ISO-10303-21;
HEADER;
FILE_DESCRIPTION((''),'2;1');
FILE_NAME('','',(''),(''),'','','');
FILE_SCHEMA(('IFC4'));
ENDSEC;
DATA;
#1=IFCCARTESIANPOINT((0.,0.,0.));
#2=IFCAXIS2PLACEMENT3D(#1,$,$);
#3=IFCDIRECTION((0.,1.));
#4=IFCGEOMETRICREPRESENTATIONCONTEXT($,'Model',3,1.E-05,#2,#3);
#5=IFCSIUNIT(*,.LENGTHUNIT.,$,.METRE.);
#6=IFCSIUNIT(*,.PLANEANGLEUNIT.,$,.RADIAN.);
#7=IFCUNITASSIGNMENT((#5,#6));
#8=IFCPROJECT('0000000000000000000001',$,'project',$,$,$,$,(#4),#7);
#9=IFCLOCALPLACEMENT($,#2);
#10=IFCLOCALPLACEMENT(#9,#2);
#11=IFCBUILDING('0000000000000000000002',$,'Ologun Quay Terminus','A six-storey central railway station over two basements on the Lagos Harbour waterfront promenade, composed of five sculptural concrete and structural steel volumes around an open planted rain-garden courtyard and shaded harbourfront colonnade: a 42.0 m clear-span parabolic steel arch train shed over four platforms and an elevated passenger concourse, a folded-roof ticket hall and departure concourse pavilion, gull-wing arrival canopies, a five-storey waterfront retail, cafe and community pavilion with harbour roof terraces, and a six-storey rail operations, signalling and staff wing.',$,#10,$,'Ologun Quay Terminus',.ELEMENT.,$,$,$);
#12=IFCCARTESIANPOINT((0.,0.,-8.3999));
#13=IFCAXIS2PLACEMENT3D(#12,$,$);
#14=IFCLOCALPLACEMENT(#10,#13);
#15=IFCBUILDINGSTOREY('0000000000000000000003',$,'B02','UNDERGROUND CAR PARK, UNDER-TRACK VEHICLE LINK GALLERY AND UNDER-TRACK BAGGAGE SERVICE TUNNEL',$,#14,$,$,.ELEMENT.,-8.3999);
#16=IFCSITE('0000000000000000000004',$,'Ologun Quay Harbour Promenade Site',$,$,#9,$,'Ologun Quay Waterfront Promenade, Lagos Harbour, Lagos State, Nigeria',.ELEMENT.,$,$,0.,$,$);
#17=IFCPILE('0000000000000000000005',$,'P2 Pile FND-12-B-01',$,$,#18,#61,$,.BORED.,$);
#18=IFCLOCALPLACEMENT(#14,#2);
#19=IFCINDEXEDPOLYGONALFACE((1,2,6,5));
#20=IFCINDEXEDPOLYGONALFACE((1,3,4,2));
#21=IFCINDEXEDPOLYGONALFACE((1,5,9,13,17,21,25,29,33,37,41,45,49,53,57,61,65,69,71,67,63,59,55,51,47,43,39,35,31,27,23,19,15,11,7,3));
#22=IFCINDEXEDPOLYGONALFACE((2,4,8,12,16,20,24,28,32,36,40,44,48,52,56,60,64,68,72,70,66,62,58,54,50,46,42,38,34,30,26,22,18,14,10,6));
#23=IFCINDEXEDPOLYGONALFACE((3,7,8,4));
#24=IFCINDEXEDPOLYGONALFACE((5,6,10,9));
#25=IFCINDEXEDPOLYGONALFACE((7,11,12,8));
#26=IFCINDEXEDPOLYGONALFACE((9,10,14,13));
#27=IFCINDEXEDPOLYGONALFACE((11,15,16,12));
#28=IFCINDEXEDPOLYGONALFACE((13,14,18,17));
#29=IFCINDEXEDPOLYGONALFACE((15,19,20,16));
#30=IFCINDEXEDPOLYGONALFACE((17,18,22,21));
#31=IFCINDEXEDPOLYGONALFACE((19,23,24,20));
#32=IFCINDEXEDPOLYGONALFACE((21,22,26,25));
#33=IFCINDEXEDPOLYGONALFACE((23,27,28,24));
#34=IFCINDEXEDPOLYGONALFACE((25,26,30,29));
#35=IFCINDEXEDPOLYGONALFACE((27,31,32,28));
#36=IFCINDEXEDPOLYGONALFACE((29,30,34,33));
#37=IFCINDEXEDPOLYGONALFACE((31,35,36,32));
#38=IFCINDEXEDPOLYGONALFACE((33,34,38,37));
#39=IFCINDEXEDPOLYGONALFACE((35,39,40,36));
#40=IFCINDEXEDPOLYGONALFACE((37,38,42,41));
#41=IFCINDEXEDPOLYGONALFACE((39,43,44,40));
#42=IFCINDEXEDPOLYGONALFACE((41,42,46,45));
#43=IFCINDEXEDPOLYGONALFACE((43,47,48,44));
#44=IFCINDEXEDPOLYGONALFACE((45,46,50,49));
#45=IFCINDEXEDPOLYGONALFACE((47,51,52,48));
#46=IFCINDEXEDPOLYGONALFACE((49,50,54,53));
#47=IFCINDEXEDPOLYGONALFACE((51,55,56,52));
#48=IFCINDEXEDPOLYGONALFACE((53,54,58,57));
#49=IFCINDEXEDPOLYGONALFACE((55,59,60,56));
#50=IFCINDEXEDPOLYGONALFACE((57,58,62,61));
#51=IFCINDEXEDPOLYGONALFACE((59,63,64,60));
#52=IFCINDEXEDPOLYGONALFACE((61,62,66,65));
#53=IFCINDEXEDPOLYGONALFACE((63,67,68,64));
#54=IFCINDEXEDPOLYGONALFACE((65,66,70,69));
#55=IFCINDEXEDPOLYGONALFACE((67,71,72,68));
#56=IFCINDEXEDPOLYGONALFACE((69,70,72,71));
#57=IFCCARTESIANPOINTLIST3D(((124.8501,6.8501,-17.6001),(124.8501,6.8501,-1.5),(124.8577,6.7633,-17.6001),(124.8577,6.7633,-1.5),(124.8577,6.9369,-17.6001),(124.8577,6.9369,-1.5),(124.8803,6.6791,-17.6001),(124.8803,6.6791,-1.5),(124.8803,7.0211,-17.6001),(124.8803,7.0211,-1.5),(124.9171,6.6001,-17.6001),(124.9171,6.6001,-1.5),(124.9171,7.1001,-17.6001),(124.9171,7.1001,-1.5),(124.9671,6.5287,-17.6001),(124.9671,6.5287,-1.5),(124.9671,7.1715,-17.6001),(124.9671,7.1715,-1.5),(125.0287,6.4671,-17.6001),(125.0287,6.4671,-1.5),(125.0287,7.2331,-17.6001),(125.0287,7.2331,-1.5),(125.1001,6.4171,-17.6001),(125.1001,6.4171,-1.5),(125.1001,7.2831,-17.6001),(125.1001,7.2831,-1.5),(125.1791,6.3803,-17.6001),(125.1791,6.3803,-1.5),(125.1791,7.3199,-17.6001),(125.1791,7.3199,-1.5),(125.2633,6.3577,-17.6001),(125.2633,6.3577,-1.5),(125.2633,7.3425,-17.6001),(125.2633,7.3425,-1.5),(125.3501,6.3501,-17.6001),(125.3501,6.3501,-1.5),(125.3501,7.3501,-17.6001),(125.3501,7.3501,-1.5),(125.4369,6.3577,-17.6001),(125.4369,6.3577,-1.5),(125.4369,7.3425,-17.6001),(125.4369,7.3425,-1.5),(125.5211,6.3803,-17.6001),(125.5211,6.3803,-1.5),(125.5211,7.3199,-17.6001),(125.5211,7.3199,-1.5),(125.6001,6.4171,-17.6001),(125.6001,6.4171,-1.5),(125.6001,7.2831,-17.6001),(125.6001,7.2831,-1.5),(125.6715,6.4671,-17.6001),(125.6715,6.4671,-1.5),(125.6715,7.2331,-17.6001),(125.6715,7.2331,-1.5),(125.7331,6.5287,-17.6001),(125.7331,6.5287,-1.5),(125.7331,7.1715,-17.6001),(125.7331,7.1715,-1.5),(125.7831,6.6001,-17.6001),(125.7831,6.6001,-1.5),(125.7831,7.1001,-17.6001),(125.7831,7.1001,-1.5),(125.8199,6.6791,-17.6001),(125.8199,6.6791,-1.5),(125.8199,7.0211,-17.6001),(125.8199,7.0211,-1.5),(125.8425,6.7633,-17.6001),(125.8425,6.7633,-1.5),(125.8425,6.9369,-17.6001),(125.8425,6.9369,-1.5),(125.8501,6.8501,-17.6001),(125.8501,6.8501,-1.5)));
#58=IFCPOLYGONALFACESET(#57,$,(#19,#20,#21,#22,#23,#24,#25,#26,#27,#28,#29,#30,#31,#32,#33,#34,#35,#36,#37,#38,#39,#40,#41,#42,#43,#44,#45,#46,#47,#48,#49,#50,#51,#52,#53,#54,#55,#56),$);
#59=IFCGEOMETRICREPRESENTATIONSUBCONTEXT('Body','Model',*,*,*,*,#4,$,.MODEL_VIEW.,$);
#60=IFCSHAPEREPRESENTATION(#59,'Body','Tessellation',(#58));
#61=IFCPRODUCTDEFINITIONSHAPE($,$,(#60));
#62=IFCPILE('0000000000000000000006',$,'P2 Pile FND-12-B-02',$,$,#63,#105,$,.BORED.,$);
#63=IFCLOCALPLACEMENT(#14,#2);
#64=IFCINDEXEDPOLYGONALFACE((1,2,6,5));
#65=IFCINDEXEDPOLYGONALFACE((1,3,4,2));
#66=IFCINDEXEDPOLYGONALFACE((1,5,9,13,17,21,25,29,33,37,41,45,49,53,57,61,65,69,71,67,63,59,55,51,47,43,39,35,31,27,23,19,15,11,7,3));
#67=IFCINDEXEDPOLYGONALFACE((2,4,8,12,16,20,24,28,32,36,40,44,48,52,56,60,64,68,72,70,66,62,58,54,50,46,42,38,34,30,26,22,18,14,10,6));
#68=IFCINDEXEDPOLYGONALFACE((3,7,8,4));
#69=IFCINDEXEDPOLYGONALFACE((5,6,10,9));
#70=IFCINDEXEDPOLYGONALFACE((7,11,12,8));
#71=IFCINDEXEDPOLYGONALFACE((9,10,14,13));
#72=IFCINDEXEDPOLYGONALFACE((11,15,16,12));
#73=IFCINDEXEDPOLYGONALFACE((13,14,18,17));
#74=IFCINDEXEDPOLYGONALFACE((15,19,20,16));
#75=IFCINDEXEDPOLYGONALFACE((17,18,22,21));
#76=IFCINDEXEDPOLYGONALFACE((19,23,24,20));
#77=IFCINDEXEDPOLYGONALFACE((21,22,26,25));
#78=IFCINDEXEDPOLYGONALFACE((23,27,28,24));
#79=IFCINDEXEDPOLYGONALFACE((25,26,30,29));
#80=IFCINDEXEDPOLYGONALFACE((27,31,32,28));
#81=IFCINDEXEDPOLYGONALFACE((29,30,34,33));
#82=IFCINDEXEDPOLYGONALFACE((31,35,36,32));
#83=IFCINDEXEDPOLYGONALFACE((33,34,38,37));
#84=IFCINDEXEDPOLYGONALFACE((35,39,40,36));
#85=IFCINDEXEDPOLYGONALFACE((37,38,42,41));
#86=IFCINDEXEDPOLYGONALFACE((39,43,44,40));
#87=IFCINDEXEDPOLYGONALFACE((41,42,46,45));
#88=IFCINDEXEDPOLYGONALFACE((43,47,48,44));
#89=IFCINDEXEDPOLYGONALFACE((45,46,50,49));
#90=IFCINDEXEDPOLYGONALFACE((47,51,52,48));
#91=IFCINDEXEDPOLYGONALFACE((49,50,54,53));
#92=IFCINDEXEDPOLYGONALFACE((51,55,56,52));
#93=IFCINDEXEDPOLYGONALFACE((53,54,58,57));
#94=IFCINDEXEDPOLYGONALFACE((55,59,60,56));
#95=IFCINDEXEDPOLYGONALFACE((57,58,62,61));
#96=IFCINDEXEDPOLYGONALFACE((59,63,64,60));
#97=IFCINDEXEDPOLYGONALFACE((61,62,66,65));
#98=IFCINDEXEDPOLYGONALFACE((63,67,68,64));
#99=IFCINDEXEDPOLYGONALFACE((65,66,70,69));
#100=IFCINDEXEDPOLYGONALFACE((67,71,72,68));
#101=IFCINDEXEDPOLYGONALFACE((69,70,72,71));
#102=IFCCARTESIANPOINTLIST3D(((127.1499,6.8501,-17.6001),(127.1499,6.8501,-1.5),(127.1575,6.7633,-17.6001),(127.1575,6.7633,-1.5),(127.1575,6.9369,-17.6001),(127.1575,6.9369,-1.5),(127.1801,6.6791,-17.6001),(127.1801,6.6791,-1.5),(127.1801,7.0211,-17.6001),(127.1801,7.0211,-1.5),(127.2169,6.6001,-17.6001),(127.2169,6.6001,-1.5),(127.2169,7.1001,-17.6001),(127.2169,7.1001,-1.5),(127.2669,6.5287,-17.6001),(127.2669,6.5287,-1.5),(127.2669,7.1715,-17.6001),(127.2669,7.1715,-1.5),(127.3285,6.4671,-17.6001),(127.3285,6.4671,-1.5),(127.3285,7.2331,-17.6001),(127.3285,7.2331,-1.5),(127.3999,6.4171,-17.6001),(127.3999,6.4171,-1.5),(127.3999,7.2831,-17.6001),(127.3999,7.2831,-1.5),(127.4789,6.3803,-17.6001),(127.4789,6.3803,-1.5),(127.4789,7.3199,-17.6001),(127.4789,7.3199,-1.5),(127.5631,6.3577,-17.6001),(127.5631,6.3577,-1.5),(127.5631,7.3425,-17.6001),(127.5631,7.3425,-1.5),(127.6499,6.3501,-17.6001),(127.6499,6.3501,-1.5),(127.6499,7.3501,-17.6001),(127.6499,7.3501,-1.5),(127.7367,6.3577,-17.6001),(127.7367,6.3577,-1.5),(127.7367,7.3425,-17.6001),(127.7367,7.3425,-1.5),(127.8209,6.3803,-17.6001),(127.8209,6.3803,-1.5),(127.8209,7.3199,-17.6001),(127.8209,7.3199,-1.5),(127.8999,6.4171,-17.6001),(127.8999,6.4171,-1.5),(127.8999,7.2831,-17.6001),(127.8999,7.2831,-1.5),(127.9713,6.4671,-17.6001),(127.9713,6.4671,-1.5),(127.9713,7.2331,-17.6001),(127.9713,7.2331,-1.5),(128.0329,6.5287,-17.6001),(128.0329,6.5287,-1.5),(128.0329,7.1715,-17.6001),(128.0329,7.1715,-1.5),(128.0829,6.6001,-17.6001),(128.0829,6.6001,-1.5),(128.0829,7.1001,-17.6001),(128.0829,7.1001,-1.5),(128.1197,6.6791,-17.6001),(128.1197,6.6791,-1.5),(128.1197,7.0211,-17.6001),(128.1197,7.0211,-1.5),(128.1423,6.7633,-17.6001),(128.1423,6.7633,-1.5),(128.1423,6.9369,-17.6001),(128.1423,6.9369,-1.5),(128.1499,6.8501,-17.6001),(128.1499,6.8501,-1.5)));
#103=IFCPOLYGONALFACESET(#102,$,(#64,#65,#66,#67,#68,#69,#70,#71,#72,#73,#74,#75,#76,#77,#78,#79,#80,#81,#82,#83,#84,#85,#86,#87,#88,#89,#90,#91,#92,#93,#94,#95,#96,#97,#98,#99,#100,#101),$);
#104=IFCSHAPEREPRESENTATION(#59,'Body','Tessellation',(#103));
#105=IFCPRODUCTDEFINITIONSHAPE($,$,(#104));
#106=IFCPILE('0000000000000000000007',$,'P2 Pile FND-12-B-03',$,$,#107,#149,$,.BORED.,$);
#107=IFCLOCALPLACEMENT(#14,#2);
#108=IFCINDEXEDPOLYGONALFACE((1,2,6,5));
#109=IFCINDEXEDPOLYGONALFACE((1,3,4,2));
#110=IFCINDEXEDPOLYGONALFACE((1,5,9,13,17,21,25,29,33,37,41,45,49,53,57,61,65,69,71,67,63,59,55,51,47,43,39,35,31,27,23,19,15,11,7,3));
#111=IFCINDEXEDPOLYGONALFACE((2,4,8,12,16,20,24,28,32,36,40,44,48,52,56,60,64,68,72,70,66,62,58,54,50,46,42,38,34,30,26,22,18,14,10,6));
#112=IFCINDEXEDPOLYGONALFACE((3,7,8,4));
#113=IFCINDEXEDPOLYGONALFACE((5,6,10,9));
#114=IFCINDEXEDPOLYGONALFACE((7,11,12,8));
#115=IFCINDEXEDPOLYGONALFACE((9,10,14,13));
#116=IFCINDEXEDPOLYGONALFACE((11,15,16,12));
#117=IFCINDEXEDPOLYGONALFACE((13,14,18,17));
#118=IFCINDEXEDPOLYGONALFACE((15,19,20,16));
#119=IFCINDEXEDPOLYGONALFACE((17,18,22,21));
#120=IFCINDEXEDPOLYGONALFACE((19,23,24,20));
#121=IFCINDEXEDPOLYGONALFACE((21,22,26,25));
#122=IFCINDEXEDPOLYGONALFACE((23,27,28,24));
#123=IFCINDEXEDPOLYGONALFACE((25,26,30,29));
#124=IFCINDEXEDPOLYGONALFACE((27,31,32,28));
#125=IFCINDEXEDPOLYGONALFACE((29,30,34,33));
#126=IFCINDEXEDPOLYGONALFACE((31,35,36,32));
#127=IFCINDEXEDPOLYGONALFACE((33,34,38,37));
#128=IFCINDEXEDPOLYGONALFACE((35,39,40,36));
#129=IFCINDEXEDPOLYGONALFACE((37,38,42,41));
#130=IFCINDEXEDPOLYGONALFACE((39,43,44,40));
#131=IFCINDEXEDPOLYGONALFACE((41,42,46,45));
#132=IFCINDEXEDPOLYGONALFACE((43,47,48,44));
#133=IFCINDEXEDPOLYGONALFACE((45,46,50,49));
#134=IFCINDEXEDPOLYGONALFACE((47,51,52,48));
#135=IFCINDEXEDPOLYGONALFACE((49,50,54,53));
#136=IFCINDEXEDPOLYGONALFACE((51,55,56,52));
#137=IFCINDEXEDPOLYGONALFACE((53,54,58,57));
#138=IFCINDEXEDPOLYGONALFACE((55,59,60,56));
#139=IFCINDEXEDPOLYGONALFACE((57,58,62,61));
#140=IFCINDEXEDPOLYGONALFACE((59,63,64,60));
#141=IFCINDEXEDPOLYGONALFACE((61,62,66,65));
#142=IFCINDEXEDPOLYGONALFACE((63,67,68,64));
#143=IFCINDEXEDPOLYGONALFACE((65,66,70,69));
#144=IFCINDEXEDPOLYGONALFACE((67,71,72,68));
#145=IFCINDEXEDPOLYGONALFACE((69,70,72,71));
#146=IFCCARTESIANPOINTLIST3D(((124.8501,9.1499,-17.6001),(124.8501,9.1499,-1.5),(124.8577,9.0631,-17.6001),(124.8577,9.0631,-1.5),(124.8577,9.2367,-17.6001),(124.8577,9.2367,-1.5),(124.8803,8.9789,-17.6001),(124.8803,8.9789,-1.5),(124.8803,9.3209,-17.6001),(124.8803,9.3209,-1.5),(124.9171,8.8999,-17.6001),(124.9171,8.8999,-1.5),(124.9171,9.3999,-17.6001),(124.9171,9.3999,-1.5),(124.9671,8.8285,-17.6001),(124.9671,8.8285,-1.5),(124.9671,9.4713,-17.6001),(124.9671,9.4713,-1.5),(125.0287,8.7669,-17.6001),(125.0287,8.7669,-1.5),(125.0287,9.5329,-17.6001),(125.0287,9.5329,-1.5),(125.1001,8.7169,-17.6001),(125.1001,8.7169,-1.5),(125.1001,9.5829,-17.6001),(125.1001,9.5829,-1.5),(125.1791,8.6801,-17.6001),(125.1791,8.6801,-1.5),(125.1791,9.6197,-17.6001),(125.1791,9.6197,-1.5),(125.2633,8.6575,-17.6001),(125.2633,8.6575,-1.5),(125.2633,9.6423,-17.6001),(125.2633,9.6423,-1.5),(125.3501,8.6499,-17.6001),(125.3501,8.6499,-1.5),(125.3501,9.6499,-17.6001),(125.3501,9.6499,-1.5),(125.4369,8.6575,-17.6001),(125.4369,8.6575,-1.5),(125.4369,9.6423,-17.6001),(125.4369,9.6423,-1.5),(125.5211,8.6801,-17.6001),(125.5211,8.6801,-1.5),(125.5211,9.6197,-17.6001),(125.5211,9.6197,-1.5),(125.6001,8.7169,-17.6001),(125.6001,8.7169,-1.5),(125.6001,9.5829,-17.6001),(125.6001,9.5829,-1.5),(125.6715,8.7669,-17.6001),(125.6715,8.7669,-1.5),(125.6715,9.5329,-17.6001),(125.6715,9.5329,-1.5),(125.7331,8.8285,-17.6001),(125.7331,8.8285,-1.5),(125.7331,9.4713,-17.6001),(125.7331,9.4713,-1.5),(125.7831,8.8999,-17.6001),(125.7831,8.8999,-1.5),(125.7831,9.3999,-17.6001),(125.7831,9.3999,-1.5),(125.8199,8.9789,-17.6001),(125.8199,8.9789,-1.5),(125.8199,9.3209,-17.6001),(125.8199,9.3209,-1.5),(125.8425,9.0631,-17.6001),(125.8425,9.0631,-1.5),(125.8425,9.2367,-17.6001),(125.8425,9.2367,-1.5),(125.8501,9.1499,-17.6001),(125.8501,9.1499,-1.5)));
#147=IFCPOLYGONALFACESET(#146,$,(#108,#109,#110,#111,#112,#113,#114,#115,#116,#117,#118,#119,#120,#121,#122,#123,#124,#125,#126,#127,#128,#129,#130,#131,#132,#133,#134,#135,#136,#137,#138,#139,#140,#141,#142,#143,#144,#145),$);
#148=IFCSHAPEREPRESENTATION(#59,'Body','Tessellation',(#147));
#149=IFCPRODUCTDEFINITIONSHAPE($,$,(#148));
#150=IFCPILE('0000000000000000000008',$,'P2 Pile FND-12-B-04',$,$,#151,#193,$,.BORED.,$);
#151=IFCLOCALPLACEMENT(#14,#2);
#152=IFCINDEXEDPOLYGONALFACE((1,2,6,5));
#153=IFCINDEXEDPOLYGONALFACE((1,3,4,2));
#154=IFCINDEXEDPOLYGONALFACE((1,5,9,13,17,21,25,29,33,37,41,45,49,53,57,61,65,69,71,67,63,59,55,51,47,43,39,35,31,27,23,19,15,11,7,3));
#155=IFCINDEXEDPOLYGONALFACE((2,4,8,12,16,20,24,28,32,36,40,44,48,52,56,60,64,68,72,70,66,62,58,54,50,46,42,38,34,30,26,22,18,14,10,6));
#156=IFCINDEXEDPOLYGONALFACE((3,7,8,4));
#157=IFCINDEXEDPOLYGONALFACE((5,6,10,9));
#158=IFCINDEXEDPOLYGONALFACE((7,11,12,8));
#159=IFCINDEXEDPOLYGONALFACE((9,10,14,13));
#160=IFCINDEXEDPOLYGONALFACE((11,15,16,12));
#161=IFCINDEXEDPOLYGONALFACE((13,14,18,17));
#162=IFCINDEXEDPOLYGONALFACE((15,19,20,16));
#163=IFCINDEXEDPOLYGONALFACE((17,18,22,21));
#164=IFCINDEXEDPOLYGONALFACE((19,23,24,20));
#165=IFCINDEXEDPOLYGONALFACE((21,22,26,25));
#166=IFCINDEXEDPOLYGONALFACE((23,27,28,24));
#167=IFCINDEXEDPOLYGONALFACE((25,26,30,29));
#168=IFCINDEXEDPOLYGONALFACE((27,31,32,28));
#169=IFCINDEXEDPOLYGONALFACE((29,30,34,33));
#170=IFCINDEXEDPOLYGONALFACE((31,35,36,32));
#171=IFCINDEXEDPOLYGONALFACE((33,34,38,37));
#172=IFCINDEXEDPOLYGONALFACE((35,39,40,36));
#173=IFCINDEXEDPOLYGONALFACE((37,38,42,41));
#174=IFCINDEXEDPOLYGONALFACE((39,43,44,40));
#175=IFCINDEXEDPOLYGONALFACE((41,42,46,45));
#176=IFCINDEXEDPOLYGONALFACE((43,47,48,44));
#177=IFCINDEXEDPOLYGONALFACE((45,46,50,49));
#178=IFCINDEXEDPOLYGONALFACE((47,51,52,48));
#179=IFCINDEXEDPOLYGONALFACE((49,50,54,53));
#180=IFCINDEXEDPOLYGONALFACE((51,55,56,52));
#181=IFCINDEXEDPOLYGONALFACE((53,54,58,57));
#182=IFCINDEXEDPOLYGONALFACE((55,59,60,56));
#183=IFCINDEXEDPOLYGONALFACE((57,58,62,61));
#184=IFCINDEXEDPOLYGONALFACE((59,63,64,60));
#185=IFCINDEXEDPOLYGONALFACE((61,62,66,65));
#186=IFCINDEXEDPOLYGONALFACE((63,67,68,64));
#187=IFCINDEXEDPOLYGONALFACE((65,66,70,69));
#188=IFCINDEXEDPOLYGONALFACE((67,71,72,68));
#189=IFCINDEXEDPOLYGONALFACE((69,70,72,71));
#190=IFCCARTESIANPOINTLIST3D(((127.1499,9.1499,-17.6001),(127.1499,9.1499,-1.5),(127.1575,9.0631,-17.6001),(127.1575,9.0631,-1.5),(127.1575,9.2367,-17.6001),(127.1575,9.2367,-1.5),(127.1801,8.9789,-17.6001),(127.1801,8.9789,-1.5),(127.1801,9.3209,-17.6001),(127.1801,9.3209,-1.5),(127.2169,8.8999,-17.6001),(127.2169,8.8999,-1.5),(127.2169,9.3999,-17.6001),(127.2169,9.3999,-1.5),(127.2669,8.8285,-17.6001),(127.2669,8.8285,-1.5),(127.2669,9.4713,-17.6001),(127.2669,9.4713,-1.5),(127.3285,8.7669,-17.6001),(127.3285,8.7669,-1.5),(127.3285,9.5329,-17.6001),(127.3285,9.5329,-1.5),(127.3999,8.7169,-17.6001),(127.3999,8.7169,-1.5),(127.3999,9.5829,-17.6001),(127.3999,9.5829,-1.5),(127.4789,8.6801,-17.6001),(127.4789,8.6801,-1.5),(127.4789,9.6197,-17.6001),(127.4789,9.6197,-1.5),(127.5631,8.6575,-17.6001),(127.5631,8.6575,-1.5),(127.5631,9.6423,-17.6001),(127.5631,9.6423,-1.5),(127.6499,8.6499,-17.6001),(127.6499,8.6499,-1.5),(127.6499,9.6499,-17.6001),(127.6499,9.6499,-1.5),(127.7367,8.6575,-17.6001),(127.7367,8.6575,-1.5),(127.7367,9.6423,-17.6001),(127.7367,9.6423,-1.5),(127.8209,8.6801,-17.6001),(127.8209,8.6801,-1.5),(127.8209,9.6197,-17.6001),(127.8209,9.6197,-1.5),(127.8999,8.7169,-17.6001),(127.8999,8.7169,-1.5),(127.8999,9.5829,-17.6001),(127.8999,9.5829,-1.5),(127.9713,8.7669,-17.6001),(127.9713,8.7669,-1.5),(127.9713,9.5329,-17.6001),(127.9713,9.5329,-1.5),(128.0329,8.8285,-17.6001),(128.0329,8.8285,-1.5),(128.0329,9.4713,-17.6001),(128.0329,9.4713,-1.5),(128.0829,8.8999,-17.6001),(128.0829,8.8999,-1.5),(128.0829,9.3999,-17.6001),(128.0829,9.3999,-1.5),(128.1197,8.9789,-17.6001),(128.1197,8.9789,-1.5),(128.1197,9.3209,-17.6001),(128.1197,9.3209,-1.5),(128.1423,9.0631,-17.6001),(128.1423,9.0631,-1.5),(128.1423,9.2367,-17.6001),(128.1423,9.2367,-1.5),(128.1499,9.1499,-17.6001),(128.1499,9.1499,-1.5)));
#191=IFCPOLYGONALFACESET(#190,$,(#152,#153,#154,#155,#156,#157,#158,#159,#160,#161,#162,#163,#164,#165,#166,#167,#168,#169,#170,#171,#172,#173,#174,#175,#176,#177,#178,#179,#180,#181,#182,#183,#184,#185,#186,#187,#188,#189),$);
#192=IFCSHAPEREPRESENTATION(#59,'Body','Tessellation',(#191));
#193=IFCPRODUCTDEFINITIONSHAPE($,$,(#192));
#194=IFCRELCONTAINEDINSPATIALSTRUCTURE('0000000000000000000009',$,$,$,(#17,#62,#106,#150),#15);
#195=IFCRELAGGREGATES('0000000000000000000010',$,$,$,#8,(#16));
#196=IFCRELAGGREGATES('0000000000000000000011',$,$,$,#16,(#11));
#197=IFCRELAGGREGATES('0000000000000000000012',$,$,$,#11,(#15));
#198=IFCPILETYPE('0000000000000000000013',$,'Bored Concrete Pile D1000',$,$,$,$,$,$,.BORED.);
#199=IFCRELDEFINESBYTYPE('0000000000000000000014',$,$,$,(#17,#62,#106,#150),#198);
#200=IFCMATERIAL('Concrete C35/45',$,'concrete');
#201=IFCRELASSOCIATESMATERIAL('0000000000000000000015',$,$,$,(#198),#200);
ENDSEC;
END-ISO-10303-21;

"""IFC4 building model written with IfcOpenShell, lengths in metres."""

from ifc_helpers import new_model, si_unit, direction, frame, origin, origin_2d, place, context, subcontext, project, spatial, circle, extrude, material, material_profile, profile_set, type_object, element, save


model = new_model("IFC4")

# Units and contexts
model_context = context("Model", 3, precision=1e-05, world=origin(), true_north=direction((0.0, 1.0)))
body_context = subcontext(model_context, "Body", "Model", "MODEL_VIEW")
ifc_project = project(units=[si_unit("LENGTHUNIT", "METRE"), si_unit("PLANEANGLEUNIT", "RADIAN")], contexts=[model_context])

# Site, building, storey
site_placement = place(None, origin())
site = spatial("IfcSite", under=ifc_project, at=site_placement, Name="Ologun Quay Harbour Promenade Site", LongName="Ologun Quay Waterfront Promenade, Lagos Harbour, Lagos State, Nigeria", CompositionType="ELEMENT", RefElevation=0.0)
building_placement = place(site_placement, origin())
building = spatial("IfcBuilding", under=site, at=building_placement, Name="Ologun Quay Terminus", Description="A six-storey central railway station over two basements on the Lagos Harbour waterfront promenade, composed of five sculptural concrete and structural steel volumes around an open planted rain-garden courtyard and shaded harbourfront colonnade: a 42.0 m clear-span parabolic steel arch train shed over four platforms and an elevated passenger concourse, a folded-roof ticket hall and departure concourse pavilion, gull-wing arrival canopies, a five-storey waterfront retail, cafe and community pavilion with harbour roof terraces, and a six-storey rail operations, signalling and staff wing.", LongName="Ologun Quay Terminus", CompositionType="ELEMENT")
storey_placement = place(building_placement, frame((0.0, 0.0, -8.3999)))
storey = spatial("IfcBuildingStorey", under=building, at=storey_placement, Name="B02", Description="UNDERGROUND CAR PARK, UNDER-TRACK VEHICLE LINK GALLERY AND UNDER-TRACK BAGGAGE SERVICE TUNNEL", CompositionType="ELEMENT", Elevation=-8.3999)

# Piles
ifc_material_1 = material(Name="Concrete C35/45", Category="concrete")
ifc_material_profile_1 = material_profile(ifc_material_1, circle(Radius=0.5, at=origin_2d()), Name="PILE D1000")
ifc_profile_set_1 = profile_set([ifc_material_profile_1], Name="Concrete C35/45")
pile_type_1 = type_object("IfcPileType", Name="Bored Concrete Pile D1000", PredefinedType="BORED", material=ifc_profile_set_1)
for number, where, z_axis, x_axis, name in (
    (1, (125.3501, 6.8501, -1.5), (0.0, 0.0, -1.0), (1.0, 0.0, 0.0), "P2 Pile FND-12-B-01"),
    (2, (127.6499, 6.8501, -1.5), (0.0, 0.0, -1.0), (1.0, 0.0, 0.0), "P2 Pile FND-12-B-02"),
    (3, (125.3501, 9.1499, -1.5), (0.0, 0.0, -1.0), (1.0, 0.0, 0.0), "P2 Pile FND-12-B-03"),
    (4, (127.6499, 9.1499, -1.5), (0.0, 0.0, -1.0), (1.0, 0.0, 0.0), "P2 Pile FND-12-B-04"),
):
    element("IfcPile", number, at=place(storey_placement, frame(where, z_axis=z_axis, x_axis=x_axis)), inside=storey, type_object=pile_type_1, Name=name, PredefinedType="BORED", context=body_context, shape_type="SweptSolid", body=[
        extrude(circle(Radius=0.5, at=origin_2d()), origin(), (0.0, 0.0, 1.0), 16.1001),
    ])

save(model, "model.ifc")
